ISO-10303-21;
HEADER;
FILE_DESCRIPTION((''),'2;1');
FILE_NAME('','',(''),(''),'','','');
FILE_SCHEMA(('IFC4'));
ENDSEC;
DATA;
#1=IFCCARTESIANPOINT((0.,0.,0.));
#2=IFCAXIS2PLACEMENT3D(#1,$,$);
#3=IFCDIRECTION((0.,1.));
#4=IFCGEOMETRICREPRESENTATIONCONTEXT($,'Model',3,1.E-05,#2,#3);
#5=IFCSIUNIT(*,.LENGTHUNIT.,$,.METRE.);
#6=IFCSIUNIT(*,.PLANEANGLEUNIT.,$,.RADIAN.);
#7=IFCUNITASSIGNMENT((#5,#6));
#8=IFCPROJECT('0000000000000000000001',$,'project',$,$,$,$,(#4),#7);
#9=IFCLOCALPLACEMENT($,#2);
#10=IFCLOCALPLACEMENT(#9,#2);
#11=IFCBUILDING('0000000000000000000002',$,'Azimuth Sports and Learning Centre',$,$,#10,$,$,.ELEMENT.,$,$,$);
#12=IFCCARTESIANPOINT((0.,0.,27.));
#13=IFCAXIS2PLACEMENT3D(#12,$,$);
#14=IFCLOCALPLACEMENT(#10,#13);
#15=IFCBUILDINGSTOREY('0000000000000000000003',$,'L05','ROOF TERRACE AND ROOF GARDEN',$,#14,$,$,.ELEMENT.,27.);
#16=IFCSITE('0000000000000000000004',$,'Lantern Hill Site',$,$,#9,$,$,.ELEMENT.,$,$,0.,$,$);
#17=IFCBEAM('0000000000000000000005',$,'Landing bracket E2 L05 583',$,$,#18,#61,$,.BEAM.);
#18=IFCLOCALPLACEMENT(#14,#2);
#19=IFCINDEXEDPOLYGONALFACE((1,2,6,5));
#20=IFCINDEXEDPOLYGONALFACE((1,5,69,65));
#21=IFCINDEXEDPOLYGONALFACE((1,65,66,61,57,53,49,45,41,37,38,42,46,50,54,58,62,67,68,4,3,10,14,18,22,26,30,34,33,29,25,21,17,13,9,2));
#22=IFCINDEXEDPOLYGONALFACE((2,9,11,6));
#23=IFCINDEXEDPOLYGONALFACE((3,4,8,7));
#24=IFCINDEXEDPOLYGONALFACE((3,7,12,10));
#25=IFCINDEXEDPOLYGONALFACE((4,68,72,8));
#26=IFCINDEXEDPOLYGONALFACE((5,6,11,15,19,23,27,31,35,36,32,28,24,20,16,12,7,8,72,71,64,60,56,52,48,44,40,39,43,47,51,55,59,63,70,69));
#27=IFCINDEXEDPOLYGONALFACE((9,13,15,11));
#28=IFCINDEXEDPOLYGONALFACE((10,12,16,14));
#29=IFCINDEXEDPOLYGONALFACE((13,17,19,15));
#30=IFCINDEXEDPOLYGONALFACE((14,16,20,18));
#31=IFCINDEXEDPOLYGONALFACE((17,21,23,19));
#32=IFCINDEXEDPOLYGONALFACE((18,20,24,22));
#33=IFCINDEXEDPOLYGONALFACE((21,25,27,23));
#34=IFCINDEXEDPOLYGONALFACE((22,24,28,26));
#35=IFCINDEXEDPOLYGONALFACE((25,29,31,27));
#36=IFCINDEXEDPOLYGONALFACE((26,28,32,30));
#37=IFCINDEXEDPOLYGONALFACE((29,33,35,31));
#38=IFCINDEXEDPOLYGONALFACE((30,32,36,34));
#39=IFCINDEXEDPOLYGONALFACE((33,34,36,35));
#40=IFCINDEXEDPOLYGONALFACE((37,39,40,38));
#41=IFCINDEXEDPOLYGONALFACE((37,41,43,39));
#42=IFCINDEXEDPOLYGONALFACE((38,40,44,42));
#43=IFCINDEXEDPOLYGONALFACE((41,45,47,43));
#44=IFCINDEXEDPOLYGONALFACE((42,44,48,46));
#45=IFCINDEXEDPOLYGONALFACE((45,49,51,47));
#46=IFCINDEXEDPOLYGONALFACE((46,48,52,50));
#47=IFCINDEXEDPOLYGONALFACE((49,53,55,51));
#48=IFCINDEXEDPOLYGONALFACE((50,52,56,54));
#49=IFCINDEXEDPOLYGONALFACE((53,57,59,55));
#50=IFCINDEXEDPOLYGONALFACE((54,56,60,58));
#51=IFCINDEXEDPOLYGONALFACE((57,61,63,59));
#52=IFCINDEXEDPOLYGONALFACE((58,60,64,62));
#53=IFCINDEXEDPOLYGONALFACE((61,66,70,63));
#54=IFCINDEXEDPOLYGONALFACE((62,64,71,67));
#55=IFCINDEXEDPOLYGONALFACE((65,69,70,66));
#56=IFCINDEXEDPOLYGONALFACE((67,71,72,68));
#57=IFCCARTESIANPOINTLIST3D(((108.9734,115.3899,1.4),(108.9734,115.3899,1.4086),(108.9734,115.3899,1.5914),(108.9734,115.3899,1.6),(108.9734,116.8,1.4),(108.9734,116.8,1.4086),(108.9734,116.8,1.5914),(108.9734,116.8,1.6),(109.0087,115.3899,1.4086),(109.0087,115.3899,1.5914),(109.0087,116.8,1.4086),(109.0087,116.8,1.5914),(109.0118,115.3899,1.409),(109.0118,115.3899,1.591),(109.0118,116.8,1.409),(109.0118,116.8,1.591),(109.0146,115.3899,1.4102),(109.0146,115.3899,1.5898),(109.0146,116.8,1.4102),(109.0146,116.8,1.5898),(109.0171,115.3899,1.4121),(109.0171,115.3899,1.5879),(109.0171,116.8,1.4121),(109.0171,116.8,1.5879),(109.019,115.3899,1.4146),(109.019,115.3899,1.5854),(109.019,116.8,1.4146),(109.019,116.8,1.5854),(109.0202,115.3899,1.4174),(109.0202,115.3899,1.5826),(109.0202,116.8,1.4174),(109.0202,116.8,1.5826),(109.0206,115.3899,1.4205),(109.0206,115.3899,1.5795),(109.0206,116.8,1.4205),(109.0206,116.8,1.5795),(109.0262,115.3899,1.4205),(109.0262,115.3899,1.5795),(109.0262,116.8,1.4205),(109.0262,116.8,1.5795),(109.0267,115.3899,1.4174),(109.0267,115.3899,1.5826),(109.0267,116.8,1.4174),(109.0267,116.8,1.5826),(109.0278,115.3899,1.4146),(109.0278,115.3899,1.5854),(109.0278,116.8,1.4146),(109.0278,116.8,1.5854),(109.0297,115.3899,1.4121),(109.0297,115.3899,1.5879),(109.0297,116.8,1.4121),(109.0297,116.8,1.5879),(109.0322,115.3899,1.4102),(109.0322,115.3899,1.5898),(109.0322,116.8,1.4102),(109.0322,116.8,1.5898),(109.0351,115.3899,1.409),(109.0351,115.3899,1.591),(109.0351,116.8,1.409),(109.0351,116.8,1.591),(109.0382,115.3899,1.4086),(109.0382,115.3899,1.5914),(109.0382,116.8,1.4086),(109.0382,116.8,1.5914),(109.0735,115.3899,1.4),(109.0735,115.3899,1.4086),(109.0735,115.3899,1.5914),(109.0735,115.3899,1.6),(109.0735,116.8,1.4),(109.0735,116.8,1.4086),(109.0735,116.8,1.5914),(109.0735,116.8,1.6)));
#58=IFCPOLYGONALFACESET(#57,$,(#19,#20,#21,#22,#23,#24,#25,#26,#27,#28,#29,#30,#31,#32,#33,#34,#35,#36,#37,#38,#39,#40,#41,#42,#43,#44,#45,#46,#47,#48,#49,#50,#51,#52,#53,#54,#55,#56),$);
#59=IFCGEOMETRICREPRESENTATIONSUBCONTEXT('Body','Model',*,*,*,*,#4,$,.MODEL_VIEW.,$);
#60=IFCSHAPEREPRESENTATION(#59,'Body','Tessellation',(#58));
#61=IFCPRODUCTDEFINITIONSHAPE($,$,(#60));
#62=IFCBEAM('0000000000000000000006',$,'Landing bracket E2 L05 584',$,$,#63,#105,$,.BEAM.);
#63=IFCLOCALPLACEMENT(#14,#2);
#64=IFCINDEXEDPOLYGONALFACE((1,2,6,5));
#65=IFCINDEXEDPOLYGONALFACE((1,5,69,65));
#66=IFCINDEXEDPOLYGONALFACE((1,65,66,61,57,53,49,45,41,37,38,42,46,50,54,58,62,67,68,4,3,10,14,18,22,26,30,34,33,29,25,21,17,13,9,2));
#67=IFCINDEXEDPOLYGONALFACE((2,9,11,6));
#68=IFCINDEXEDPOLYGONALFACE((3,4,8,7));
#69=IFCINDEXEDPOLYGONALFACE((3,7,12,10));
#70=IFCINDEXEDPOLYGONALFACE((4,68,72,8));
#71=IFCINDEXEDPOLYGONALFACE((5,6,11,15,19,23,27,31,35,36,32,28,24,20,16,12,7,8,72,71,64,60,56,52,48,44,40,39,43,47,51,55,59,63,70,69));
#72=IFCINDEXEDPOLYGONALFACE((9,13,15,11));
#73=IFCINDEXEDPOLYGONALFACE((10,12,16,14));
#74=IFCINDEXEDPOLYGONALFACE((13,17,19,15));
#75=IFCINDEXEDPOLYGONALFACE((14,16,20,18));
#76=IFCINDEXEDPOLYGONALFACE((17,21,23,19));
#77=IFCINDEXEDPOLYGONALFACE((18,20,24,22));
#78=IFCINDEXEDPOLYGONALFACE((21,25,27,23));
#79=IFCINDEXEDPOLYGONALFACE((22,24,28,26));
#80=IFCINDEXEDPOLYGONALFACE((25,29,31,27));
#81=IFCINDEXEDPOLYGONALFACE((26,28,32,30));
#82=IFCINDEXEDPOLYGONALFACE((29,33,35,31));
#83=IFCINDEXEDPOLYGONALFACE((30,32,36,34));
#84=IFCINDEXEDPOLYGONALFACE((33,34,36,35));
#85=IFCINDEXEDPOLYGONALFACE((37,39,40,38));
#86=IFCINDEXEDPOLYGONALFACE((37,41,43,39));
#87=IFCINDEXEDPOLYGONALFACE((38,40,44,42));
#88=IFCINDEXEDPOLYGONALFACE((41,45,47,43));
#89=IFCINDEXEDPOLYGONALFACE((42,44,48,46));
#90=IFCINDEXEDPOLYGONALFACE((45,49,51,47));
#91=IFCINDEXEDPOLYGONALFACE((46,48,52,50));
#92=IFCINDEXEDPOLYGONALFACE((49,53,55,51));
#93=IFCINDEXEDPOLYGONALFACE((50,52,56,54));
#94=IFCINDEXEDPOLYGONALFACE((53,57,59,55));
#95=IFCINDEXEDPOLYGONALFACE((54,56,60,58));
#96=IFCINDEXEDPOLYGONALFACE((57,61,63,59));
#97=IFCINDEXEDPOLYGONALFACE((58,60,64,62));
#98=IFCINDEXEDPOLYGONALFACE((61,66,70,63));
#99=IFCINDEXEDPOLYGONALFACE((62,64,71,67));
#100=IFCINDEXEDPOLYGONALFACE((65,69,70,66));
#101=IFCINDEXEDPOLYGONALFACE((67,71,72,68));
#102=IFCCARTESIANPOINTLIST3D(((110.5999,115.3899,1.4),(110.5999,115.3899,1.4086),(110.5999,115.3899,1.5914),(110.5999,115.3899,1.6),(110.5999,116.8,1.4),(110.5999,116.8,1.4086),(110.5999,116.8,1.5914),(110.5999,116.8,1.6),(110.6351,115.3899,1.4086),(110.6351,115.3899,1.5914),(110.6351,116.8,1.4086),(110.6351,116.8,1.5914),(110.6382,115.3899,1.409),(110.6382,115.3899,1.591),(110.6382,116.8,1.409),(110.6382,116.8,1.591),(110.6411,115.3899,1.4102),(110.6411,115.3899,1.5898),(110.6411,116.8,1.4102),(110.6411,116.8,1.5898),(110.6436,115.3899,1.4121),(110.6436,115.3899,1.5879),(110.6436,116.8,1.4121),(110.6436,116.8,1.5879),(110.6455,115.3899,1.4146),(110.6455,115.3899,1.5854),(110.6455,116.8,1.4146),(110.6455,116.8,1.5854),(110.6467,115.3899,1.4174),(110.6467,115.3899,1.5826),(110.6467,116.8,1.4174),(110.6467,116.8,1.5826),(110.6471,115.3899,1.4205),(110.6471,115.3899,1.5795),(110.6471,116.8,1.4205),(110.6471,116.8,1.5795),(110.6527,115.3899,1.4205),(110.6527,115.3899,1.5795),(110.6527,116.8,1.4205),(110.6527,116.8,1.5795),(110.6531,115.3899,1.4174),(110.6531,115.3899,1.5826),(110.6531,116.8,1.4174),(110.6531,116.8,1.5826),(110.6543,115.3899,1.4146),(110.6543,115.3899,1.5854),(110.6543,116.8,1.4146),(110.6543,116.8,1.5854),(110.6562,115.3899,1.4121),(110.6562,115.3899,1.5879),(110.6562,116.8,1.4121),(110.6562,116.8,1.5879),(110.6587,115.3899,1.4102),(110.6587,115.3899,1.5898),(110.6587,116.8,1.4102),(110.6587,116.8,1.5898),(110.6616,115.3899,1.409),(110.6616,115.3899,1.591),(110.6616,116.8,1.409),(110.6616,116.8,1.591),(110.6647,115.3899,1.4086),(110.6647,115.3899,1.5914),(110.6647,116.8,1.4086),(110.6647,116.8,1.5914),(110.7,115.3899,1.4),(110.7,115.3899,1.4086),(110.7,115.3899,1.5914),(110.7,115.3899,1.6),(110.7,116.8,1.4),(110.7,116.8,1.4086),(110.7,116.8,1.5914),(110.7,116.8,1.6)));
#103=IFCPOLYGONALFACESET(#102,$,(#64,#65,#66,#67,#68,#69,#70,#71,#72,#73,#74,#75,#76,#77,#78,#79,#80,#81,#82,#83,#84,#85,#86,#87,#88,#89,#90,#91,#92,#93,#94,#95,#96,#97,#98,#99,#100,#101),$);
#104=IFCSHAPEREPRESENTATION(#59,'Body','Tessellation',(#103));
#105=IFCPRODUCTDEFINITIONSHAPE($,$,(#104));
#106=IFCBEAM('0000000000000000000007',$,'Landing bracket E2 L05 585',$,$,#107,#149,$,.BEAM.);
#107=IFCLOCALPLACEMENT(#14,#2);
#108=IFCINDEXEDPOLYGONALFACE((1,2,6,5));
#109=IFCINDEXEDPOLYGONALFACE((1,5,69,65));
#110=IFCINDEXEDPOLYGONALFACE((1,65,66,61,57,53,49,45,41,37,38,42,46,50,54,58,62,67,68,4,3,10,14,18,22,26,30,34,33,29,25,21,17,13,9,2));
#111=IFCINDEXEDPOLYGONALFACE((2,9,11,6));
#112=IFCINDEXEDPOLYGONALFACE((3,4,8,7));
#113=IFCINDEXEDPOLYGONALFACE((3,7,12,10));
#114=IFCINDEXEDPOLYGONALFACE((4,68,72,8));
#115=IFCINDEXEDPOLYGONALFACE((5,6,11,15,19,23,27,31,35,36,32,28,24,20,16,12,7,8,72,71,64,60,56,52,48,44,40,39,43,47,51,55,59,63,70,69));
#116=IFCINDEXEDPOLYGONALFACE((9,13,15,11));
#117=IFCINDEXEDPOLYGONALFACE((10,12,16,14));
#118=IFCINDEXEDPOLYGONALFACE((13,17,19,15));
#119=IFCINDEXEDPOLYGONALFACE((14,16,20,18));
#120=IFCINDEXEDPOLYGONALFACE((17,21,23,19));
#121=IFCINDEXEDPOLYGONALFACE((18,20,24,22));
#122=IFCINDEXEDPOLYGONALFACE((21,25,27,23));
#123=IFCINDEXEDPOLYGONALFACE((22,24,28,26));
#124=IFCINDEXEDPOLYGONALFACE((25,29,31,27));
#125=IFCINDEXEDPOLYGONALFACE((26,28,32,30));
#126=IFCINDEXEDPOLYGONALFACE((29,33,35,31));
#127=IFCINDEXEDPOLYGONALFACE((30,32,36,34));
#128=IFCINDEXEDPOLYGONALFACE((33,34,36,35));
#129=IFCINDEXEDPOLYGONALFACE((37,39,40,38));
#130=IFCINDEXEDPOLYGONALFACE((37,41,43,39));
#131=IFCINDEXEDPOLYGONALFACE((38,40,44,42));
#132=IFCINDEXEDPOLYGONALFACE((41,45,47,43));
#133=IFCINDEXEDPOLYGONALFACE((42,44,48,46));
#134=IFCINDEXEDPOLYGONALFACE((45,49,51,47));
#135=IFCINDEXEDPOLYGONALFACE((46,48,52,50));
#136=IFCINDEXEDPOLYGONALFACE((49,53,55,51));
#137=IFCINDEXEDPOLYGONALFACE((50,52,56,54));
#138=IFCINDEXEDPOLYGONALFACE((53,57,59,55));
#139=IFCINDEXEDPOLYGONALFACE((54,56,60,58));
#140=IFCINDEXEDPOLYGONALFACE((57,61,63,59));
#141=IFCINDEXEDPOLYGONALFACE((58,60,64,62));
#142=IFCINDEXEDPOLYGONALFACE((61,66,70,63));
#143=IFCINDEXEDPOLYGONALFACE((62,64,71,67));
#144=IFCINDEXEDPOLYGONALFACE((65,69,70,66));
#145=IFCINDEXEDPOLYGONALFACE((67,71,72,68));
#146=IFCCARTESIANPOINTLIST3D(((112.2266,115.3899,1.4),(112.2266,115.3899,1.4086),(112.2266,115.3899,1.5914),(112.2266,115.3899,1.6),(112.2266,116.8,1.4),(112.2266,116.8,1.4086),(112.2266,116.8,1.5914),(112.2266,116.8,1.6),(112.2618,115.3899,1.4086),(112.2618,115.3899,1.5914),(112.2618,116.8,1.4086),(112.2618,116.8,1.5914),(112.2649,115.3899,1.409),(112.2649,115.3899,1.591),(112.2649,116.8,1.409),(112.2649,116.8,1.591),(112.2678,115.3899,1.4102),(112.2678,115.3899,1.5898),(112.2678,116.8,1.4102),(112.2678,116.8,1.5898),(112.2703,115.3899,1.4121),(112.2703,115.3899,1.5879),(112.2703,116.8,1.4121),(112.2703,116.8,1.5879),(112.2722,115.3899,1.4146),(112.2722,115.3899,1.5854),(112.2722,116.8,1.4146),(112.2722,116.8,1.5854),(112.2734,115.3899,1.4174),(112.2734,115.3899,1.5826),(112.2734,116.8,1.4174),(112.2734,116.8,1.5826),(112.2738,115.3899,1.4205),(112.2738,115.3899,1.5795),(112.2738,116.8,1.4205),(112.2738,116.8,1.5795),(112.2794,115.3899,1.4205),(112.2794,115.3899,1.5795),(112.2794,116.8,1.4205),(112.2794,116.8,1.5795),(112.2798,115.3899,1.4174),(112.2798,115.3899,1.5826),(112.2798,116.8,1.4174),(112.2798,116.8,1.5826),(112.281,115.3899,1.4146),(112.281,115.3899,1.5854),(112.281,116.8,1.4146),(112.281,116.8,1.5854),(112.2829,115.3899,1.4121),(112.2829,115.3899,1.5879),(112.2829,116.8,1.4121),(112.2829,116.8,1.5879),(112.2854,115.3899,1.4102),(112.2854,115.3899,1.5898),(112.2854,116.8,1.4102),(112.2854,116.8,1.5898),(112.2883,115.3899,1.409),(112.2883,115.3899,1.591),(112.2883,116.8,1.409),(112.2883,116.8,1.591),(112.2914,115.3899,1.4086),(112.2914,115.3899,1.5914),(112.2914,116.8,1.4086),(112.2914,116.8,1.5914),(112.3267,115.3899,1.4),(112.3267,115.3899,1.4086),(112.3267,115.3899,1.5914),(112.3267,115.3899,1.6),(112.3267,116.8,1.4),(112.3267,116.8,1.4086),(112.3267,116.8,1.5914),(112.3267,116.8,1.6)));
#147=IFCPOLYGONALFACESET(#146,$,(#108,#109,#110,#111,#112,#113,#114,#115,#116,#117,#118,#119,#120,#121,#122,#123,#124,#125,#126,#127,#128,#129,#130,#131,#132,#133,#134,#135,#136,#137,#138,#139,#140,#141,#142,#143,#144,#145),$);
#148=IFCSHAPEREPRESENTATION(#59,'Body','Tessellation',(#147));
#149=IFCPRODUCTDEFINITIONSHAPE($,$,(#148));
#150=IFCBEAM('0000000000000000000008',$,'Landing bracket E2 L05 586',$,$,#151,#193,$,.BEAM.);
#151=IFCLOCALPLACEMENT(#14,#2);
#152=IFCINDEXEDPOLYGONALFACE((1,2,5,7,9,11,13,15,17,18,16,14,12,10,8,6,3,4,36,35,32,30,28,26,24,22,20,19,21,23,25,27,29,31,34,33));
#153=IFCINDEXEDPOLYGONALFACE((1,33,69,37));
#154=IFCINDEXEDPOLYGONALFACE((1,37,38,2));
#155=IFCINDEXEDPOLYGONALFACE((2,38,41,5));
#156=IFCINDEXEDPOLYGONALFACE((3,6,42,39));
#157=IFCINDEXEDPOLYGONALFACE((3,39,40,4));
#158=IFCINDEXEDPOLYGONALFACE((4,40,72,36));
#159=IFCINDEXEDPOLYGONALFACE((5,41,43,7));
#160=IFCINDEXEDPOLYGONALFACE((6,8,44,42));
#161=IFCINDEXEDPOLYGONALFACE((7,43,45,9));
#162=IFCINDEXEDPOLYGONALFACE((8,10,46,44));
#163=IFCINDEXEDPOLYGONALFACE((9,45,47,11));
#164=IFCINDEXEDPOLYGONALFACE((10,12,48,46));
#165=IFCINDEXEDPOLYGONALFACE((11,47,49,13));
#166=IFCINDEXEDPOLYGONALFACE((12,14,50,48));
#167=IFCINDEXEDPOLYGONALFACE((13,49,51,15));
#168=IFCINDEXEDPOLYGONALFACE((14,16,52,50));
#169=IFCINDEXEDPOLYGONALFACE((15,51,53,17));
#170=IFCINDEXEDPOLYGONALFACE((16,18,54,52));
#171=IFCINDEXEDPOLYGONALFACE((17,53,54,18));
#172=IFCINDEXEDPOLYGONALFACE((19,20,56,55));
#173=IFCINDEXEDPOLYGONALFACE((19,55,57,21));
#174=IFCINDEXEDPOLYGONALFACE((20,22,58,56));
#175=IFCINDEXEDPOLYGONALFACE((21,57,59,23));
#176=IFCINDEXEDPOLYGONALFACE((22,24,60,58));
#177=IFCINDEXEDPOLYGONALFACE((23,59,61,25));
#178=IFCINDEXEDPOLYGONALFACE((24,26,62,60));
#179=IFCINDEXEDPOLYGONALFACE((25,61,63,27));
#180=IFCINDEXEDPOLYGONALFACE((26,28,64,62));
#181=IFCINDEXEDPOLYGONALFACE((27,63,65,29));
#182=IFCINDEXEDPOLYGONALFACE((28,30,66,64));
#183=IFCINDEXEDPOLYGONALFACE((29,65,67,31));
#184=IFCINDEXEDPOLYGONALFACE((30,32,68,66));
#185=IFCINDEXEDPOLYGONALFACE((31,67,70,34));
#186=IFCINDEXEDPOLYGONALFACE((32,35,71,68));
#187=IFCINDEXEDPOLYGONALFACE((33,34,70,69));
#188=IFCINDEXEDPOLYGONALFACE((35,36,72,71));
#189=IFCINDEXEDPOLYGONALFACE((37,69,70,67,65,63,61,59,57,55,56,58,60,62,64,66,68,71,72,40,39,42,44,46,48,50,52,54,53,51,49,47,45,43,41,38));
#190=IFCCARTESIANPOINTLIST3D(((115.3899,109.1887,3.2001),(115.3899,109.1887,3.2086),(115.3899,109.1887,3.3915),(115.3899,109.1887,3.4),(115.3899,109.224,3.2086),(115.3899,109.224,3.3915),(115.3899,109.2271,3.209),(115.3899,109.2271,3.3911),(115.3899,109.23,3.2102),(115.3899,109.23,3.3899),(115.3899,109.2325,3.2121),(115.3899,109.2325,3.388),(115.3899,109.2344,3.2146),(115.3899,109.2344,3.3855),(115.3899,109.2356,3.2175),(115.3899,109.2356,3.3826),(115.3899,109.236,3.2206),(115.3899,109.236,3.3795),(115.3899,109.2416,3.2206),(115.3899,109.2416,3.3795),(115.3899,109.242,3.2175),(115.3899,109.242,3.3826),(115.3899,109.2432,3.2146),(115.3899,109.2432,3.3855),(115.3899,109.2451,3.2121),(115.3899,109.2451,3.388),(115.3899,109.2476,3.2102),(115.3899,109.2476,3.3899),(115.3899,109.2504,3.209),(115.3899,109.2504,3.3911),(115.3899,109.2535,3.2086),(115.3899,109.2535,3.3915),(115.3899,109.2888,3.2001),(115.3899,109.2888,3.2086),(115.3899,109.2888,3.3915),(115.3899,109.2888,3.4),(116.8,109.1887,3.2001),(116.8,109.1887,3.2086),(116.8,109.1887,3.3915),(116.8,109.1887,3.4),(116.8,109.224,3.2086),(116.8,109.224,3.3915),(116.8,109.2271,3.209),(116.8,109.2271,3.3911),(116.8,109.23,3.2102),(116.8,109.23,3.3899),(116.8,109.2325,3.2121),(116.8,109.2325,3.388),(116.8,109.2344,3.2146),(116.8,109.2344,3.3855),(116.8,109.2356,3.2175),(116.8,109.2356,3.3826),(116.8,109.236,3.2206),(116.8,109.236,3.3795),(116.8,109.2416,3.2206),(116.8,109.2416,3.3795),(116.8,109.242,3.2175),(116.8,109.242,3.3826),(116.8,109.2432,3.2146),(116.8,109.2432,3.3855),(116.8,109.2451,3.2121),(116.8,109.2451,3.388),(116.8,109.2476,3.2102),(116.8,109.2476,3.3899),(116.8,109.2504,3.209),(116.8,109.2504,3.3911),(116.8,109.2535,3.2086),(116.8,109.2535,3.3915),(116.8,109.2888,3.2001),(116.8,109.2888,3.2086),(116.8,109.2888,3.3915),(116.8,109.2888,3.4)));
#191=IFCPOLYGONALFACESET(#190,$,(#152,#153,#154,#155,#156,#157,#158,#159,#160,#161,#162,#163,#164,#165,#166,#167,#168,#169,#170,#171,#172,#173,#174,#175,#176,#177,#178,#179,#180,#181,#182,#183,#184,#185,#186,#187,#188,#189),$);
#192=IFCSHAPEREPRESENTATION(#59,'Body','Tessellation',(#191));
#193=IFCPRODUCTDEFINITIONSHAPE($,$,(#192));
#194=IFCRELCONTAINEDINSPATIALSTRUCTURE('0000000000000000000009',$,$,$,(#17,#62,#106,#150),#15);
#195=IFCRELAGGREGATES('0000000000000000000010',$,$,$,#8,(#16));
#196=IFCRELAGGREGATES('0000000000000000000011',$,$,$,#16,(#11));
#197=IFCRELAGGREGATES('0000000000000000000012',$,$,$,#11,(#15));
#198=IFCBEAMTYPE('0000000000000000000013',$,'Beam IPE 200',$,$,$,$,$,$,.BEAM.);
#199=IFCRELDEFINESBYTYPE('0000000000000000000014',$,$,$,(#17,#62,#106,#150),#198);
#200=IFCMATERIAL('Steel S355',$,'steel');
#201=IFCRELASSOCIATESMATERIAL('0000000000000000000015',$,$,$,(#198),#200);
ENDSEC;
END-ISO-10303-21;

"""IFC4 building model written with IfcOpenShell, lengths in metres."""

from ifc_helpers import new_model, si_unit, direction, frame, origin, origin_2d, place, context, subcontext, project, spatial, i_section, extrude, material, material_profile, profile_set, type_object, element, save


model = new_model("IFC4")

# Units and contexts
model_context = context("Model", 3, precision=1e-05, world=origin(), true_north=direction((0.0, 1.0)))
body_context = subcontext(model_context, "Body", "Model", "MODEL_VIEW")
ifc_project = project(units=[si_unit("LENGTHUNIT", "METRE"), si_unit("PLANEANGLEUNIT", "RADIAN")], contexts=[model_context])

# Site, building, storey
site_placement = place(None, origin())
site = spatial("IfcSite", under=ifc_project, at=site_placement, Name="Lantern Hill Site", CompositionType="ELEMENT", RefElevation=0.0)
building_placement = place(site_placement, origin())
building = spatial("IfcBuilding", under=site, at=building_placement, Name="Azimuth Sports and Learning Centre", CompositionType="ELEMENT")
storey_placement = place(building_placement, frame((0.0, 0.0, 27.0)))
storey = spatial("IfcBuildingStorey", under=building, at=storey_placement, Name="L05", Description="ROOF TERRACE AND ROOF GARDEN", CompositionType="ELEMENT", Elevation=27.0)

# Beams
ifc_material_1 = material(Name="Steel S355", Category="steel")
ifc_material_profile = material_profile(ifc_material_1, i_section(OverallWidth=0.1001, OverallDepth=0.2, WebThickness=0.0056, FlangeThickness=0.0085, FilletRadius=0.012, at=origin_2d()), Name="IPE 200")
ifc_profile_set = profile_set([ifc_material_profile], Name="Steel S355")
beam_type = type_object("IfcBeamType", Name="Beam IPE 200", PredefinedType="BEAM", material=ifc_profile_set)
for number, where, z_axis, x_axis, name in (
    (1, (109.0234, 116.8, 1.5), (0.0, -1.0, 0.0), (1.0, 0.0, 0.0), "Landing bracket E2 L05 583"),
    (2, (110.6499, 116.8, 1.5), (0.0, -1.0, 0.0), (1.0, 0.0, 0.0), "Landing bracket E2 L05 584"),
    (3, (112.2766, 116.8, 1.5), (0.0, -1.0, 0.0), (1.0, 0.0, 0.0), "Landing bracket E2 L05 585"),
    (4, (116.8, 109.2388, 3.3), (-1.0, 0.0, 0.0), (0.0, -1.0, 0.0), "Landing bracket E2 L05 586"),
):
    element("IfcBeam", number, at=place(storey_placement, frame(where, z_axis=z_axis, x_axis=x_axis)), inside=storey, type_object=beam_type, Name=name, PredefinedType="BEAM", context=body_context, shape_type="SweptSolid", body=[
        extrude(i_section(OverallWidth=0.1001, OverallDepth=0.2, WebThickness=0.0056, FlangeThickness=0.0085, FilletRadius=0.012, at=origin_2d()), origin(), (0.0, 0.0, 1.0), 1.4102),
    ])

save(model, "model.ifc")
